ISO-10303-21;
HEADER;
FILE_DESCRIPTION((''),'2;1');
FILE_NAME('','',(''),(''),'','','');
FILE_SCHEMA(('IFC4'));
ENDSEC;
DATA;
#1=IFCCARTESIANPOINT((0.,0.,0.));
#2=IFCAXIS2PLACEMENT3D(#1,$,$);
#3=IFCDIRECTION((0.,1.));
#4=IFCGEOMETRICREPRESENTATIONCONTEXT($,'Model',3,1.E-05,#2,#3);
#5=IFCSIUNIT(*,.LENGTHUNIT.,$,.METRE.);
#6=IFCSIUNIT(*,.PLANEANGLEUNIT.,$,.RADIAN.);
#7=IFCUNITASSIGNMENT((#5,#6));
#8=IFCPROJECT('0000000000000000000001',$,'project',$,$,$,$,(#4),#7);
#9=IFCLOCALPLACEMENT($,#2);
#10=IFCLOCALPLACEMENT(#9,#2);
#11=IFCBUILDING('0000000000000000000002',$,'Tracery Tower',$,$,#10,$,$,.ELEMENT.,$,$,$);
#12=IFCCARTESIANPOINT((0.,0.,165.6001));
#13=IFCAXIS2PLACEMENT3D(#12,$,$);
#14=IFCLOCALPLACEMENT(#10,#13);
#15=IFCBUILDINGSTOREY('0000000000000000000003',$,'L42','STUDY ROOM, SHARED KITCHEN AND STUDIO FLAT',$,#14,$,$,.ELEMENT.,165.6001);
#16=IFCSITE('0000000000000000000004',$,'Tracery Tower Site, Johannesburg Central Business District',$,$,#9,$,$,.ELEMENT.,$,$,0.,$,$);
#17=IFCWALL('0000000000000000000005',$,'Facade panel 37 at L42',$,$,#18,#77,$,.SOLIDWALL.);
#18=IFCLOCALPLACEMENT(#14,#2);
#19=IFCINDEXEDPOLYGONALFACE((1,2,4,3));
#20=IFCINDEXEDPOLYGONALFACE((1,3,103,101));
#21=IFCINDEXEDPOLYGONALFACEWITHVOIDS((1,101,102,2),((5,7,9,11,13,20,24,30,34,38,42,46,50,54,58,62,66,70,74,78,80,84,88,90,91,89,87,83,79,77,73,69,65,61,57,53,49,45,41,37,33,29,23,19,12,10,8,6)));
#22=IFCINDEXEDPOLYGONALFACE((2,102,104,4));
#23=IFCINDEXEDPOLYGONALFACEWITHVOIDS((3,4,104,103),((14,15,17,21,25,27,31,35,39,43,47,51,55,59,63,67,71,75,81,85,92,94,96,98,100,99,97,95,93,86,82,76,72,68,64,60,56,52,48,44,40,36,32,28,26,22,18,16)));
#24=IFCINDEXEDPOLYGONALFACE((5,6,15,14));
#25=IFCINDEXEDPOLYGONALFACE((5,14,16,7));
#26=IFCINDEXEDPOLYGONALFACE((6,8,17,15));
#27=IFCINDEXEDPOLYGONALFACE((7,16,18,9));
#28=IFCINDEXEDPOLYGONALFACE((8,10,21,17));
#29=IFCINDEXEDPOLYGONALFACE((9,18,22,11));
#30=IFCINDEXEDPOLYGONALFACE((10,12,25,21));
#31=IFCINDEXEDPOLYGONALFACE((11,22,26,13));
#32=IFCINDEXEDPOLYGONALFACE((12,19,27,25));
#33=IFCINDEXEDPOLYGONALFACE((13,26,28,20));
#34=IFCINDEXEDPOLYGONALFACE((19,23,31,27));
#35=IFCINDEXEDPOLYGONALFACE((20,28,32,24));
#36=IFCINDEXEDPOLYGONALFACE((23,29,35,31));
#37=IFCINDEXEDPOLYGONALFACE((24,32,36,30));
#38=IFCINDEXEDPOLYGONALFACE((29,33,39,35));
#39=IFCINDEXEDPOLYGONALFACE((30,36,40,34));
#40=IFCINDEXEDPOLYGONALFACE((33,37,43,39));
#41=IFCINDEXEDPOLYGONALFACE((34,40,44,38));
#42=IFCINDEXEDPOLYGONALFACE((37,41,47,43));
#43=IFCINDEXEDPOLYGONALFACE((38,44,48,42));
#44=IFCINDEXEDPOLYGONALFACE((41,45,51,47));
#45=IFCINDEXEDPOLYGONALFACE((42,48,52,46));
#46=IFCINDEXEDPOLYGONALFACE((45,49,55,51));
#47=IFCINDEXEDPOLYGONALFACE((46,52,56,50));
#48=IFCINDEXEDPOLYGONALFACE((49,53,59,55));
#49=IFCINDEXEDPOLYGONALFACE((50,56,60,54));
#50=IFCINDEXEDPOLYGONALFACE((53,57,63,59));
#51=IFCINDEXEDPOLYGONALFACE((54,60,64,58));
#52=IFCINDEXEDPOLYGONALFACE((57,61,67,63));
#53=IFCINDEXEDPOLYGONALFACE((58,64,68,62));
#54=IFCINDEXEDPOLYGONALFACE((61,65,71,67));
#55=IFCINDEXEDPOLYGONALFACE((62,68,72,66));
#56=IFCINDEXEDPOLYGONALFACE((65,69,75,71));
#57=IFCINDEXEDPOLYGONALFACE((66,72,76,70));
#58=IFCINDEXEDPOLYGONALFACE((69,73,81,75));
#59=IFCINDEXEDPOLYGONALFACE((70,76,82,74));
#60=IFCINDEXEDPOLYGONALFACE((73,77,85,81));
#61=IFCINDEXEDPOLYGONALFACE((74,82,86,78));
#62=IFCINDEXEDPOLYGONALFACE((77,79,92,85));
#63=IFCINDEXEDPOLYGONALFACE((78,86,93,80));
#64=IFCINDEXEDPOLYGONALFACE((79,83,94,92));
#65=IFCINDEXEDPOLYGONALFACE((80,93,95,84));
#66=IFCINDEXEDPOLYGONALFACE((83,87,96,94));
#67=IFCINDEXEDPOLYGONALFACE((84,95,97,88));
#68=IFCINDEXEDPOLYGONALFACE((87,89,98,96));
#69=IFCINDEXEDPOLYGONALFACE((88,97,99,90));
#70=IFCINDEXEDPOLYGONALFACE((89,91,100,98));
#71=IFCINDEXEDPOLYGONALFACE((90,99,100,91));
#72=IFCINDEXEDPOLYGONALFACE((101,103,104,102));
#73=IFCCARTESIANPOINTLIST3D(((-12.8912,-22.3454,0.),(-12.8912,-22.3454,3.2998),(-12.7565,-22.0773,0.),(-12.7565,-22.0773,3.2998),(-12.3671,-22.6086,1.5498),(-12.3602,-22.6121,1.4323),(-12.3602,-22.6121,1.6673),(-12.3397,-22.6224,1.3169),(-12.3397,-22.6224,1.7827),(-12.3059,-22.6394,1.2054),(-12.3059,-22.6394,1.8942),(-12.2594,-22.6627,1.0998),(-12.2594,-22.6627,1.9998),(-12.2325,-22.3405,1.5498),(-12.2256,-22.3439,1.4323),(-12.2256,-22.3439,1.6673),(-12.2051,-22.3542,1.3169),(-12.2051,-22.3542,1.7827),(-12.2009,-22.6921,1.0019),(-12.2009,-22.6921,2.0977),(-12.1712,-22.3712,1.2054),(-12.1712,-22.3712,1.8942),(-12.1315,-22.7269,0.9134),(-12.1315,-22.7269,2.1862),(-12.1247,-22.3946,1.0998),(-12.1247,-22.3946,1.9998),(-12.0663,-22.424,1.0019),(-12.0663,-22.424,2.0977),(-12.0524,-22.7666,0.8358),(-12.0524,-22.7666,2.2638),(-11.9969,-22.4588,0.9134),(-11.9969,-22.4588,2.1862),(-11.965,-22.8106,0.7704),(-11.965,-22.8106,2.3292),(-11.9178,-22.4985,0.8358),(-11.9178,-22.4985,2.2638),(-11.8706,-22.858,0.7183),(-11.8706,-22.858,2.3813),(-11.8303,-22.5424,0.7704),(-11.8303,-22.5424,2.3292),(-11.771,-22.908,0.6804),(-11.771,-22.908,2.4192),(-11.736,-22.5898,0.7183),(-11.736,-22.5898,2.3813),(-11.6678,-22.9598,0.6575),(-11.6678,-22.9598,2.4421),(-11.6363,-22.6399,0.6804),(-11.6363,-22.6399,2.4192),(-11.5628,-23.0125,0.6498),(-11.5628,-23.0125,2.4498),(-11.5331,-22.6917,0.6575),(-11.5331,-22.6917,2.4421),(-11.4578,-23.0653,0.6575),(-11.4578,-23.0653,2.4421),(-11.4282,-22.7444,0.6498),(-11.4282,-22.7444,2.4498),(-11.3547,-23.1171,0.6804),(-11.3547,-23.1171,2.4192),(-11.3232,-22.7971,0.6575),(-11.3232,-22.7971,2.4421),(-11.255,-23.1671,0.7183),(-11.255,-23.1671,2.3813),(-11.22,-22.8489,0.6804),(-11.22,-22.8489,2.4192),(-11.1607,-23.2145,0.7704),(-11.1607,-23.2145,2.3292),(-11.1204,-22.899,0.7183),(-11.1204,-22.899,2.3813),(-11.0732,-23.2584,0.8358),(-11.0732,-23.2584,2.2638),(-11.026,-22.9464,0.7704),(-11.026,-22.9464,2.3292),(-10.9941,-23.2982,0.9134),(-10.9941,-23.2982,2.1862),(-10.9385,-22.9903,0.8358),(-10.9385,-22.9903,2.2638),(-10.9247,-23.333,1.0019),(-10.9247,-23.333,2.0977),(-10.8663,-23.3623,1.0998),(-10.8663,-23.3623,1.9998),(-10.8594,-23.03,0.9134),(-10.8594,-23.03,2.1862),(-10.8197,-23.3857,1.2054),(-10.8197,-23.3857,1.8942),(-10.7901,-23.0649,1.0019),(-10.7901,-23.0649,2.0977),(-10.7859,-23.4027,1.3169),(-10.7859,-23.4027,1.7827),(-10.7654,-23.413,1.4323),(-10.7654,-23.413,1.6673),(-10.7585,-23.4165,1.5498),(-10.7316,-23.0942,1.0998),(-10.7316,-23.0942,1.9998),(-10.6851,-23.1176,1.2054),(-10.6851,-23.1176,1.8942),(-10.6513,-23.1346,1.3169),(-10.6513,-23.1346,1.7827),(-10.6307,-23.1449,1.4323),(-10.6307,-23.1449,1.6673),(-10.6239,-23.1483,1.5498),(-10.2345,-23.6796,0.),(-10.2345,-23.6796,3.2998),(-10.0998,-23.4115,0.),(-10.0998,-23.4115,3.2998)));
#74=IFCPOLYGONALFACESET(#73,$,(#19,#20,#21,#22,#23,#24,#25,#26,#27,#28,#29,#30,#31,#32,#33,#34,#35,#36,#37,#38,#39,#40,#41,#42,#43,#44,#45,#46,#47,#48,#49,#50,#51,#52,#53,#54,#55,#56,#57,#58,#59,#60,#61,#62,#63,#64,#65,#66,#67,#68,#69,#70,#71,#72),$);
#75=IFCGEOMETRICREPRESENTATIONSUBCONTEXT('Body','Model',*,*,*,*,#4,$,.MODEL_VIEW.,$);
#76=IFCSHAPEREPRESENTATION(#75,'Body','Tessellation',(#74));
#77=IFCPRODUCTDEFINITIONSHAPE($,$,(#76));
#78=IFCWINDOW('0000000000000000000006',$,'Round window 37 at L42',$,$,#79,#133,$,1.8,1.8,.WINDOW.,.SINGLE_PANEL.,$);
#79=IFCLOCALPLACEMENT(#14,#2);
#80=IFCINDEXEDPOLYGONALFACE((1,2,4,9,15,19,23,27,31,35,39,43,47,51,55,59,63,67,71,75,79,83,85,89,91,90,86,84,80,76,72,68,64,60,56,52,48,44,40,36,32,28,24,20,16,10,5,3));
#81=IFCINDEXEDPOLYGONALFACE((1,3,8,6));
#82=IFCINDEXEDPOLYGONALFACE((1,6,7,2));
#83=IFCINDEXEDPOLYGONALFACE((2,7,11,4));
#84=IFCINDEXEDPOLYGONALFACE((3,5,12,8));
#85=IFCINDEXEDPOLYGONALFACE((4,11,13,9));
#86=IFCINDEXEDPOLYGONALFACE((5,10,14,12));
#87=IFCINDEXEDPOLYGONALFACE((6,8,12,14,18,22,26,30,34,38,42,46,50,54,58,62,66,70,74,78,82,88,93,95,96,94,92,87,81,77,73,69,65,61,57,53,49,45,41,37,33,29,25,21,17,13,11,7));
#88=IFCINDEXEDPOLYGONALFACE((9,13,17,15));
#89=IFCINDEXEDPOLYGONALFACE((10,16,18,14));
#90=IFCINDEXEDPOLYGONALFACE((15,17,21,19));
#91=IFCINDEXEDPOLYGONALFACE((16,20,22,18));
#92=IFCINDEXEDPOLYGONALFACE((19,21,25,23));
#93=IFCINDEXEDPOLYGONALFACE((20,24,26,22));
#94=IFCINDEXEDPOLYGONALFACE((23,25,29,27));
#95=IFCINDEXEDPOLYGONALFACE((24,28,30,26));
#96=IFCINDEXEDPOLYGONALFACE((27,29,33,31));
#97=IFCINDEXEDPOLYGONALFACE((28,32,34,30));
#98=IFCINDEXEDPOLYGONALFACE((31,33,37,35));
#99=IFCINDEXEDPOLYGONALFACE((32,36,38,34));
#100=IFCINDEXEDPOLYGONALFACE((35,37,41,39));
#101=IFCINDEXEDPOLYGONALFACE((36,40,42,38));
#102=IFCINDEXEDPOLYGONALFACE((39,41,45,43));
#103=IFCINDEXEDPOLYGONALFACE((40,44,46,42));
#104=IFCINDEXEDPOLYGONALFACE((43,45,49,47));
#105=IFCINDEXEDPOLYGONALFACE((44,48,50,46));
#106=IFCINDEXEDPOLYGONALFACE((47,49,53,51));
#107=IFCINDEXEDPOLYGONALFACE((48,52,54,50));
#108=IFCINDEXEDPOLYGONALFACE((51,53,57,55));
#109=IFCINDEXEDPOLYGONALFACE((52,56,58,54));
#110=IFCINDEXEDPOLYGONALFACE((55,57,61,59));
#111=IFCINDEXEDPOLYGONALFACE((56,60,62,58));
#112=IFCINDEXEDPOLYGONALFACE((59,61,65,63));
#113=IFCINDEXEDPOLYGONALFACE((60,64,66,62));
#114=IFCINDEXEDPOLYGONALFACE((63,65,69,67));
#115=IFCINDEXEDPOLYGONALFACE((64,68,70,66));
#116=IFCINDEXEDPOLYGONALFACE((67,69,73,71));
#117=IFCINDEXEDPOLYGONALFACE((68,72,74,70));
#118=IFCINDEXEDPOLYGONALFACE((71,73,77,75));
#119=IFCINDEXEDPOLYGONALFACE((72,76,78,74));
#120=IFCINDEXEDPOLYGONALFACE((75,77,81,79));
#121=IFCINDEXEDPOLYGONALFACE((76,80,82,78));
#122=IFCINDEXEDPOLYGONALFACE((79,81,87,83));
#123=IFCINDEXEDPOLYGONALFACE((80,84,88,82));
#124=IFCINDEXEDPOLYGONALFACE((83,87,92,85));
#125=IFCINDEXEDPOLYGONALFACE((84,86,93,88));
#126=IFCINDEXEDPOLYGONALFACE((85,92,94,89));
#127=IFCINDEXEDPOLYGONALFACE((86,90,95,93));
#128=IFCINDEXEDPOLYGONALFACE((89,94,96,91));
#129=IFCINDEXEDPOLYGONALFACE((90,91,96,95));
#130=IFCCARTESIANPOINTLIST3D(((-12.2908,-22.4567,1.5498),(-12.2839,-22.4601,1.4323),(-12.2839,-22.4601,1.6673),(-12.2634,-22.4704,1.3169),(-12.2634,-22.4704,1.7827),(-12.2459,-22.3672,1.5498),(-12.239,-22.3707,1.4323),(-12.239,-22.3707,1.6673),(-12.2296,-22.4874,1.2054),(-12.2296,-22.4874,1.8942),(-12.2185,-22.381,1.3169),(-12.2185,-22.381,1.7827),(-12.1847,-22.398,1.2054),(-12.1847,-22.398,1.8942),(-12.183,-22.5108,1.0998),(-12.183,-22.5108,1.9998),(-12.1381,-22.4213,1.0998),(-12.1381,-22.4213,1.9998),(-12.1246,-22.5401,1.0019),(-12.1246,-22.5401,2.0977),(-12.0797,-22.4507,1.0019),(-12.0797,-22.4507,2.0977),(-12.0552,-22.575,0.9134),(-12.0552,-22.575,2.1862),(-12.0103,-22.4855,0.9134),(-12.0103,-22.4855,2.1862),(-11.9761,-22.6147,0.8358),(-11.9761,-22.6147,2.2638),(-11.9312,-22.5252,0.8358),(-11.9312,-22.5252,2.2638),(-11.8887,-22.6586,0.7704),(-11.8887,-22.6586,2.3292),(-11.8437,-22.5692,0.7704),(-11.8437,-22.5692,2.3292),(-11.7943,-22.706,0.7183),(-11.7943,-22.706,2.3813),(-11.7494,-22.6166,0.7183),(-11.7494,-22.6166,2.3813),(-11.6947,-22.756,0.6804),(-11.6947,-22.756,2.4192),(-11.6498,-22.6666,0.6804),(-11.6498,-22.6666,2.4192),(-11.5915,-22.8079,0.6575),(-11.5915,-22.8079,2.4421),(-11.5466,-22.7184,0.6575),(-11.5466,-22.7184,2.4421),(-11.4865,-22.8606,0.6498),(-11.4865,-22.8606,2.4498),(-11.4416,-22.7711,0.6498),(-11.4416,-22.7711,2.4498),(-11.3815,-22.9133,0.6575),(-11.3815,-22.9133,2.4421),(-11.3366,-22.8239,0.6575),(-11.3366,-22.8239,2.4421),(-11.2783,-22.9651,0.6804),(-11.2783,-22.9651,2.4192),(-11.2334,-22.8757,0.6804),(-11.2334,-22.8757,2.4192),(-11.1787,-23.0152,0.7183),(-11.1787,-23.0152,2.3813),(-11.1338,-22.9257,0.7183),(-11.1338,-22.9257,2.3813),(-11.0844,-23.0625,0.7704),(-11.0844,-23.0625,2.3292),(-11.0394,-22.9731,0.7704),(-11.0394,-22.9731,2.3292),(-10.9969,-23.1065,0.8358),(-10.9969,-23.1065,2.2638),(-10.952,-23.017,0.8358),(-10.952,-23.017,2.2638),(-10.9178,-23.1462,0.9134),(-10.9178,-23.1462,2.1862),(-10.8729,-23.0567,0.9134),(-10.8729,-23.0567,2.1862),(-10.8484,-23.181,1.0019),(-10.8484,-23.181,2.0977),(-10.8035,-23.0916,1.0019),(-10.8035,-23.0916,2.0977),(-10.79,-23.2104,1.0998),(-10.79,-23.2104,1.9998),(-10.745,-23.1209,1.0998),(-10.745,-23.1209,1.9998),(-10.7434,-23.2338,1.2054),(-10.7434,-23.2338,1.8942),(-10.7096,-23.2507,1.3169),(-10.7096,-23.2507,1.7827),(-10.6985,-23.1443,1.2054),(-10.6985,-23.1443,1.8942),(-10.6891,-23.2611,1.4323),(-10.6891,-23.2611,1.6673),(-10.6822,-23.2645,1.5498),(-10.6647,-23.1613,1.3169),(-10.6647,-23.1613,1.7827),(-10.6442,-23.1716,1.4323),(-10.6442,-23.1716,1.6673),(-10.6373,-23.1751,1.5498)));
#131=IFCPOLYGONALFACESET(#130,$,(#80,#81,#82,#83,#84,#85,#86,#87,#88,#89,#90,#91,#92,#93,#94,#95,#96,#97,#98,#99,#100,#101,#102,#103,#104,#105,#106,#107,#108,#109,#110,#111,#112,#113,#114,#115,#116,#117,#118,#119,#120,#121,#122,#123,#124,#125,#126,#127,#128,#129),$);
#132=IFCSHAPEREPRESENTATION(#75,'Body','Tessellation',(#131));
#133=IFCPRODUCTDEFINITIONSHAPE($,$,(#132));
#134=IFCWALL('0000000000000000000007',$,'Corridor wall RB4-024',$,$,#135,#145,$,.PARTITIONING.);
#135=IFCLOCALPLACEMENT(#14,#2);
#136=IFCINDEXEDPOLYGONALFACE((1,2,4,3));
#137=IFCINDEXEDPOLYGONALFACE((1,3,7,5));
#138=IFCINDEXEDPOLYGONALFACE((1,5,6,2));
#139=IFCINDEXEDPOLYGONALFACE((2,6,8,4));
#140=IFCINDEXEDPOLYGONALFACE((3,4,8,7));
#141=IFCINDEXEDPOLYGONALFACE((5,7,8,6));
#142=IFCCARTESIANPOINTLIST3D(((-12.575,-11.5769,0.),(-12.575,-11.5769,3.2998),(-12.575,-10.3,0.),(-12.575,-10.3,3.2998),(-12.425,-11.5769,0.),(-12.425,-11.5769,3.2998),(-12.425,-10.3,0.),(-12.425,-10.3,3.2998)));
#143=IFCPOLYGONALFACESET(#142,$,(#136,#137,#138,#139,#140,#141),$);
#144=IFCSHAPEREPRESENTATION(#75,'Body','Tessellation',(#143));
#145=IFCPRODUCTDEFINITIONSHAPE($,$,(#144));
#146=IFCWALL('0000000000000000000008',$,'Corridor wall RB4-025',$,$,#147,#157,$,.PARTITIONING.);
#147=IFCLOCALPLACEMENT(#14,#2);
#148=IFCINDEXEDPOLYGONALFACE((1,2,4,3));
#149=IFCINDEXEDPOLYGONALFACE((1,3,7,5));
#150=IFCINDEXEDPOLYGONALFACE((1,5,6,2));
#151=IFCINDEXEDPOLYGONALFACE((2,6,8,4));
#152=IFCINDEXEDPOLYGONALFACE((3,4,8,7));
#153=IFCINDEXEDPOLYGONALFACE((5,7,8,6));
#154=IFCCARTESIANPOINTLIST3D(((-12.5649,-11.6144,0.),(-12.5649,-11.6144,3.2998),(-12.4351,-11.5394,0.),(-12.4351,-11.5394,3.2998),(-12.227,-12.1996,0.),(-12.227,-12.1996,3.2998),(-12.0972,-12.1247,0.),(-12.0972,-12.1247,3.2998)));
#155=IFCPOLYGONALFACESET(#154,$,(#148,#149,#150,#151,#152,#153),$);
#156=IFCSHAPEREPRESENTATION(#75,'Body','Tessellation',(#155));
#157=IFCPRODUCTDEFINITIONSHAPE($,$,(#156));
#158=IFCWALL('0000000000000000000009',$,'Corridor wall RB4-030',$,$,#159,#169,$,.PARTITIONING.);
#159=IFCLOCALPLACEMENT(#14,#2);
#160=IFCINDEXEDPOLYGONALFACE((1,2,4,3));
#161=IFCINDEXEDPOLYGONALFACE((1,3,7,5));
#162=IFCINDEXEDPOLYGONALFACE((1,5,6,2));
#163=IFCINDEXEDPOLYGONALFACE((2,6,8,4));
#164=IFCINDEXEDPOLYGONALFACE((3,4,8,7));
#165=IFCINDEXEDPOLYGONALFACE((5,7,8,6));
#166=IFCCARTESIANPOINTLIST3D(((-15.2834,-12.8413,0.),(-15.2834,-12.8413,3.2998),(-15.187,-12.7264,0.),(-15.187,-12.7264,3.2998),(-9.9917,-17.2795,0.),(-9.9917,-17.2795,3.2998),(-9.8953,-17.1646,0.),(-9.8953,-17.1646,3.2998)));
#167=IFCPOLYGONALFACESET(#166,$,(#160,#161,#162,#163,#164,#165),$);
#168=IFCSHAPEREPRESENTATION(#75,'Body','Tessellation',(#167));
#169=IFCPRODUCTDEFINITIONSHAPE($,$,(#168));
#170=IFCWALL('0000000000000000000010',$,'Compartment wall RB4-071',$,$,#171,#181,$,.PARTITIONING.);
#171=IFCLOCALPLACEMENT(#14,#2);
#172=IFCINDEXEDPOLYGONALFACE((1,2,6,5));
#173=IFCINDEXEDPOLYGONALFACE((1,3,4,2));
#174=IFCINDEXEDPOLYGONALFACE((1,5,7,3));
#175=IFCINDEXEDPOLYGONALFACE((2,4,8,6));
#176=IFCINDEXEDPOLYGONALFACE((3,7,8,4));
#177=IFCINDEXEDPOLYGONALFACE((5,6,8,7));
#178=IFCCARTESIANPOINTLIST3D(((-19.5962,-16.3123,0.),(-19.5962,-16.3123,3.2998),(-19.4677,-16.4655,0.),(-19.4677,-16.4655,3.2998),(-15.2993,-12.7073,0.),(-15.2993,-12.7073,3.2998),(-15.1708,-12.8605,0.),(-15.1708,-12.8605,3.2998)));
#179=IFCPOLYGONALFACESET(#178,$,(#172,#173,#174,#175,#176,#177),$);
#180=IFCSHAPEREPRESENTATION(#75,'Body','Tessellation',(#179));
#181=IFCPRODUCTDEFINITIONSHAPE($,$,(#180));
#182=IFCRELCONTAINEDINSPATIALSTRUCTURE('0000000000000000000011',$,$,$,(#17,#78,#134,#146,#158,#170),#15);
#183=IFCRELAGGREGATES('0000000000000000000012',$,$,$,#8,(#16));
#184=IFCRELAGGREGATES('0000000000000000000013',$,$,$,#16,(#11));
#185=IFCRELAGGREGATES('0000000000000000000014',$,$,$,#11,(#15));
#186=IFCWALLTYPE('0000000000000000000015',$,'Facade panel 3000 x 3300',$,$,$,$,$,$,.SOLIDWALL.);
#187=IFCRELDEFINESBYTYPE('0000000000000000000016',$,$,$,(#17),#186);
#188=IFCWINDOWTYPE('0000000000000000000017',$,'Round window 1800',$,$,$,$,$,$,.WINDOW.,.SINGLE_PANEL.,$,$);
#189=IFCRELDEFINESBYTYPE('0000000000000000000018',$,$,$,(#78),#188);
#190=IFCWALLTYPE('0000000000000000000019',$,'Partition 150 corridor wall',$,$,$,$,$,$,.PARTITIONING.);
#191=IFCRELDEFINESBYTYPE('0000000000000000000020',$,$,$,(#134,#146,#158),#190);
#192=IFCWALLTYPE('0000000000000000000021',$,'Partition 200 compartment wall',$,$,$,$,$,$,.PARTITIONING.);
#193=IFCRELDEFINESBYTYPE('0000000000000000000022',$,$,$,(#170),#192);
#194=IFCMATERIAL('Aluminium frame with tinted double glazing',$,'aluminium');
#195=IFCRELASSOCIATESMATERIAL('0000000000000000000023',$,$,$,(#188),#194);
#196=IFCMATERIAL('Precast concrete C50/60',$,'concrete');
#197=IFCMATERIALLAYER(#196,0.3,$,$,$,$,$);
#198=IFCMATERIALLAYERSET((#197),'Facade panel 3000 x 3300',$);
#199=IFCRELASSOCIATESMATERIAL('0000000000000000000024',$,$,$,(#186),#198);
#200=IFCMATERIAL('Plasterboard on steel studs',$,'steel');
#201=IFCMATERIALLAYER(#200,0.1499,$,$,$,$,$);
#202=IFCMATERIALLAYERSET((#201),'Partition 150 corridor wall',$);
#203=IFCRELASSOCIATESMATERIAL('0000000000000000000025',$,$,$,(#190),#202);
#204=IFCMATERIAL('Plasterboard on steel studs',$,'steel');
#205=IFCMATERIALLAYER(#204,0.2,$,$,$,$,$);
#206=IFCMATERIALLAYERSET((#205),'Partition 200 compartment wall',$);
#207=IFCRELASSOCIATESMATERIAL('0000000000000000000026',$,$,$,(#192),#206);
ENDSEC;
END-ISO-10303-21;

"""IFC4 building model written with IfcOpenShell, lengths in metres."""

from ifc_helpers import new_model, si_unit, direction, frame, frame_2d, origin, origin_2d, place, context, subcontext, project, spatial, rectangle, circle, extrude, material, layer, layer_set, type_object, element, fill, save


model = new_model("IFC4")

# Units and contexts
model_context = context("Model", 3, precision=1e-05, world=origin(), true_north=direction((0.0, 1.0)))
body_context = subcontext(model_context, "Body", "Model", "MODEL_VIEW")
ifc_project = project(units=[si_unit("LENGTHUNIT", "METRE"), si_unit("PLANEANGLEUNIT", "RADIAN")], contexts=[model_context])

# Site, building, storey
site_placement = place(None, origin())
site = spatial("IfcSite", under=ifc_project, at=site_placement, Name="Tracery Tower Site, Johannesburg Central Business District", CompositionType="ELEMENT", RefElevation=0.0)
building_placement = place(site_placement, origin())
building = spatial("IfcBuilding", under=site, at=building_placement, Name="Tracery Tower", CompositionType="ELEMENT")
storey_placement = place(building_placement, frame((0.0, 0.0, 165.6001)))
storey = spatial("IfcBuildingStorey", under=building, at=storey_placement, Name="L42", Description="STUDY ROOM, SHARED KITCHEN AND STUDIO FLAT", CompositionType="ELEMENT", Elevation=165.6001)

# Wall, opening, window
ifc_material_1 = material(Name="Aluminium frame with tinted double glazing", Category="aluminium")
window_type = type_object("IfcWindowType", Name="Round window 1800", PartitioningType="SINGLE_PANEL", PredefinedType="WINDOW", material=ifc_material_1)
ifc_material_2 = material(Name="Precast concrete C50/60", Category="concrete")
ifc_layer_1 = layer(ifc_material_2, 0.3)
ifc_layer_set_1 = layer_set([ifc_layer_1], Name="Facade panel 3000 x 3300")
wall_type_1 = type_object("IfcWallType", Name="Facade panel 3000 x 3300", PredefinedType="SOLIDWALL", material=ifc_layer_set_1)
wall_1_placement = place(storey_placement, frame((-12.8237, -22.2114, 0.0), z_axis=(0.0, 0.0, 1.0), x_axis=(0.893637, -0.44879, 0.0)))
wall_1 = element("IfcWall", 1, at=wall_1_placement, inside=storey, type_object=wall_type_1, Name="Facade panel 37 at L42", PredefinedType="SOLIDWALL", context=body_context, shape_type="SweptSolid", body=[
    extrude(rectangle(XDim=2.9729, YDim=0.3, at=frame_2d((1.4863, 0.0))), origin(), (0.0, 0.0, 1.0), 3.2998),
])
opening_1_placement = place(wall_1_placement, frame((1.4863, 0.0, 1.5498)))
opening_1 = element("IfcOpeningElement", 2, at=opening_1_placement, cuts=wall_1, PredefinedType="OPENING", context=body_context, shape_type="SweptSolid", body=[
    extrude(circle(Radius=0.9, at=origin_2d()), frame((0.0, 0.1599, 0.0), z_axis=(0.0, -1.0, 0.0), x_axis=(1.0, 0.0, 0.0)), (0.0, 0.0, 1.0), 0.3201),
])
window_1_placement = place(opening_1_placement, origin())
window_1 = element("IfcWindow", 3, at=window_1_placement, inside=storey, type_object=window_type, Name="Round window 37 at L42", OverallHeight=1.8, OverallWidth=1.8, PartitioningType="SINGLE_PANEL", PredefinedType="WINDOW", context=body_context, shape_type="SweptSolid", body=[
    extrude(circle(Radius=0.9, at=origin_2d()), frame((0.0, 0.1201, 0.0), z_axis=(0.0, -1.0, 0.0), x_axis=(1.0, 0.0, 0.0)), (0.0, 0.0, 1.0), 0.1001),
])
fill(opening_1, window_1)

# Walls
ifc_material_3 = material(Name="Plasterboard on steel studs", Category="steel")
ifc_layer_2 = layer(ifc_material_3, 0.1499)
ifc_layer_set_2 = layer_set([ifc_layer_2], Name="Partition 150 corridor wall")
wall_type_2 = type_object("IfcWallType", Name="Partition 150 corridor wall", PredefinedType="PARTITIONING", material=ifc_layer_set_2)
wall_2_placement = place(storey_placement, frame((-12.5, -11.5769, 0.0), z_axis=(0.0, 0.0, 1.0), x_axis=(0.0, 1.0, 0.0)))
element("IfcWall", 4, at=wall_2_placement, inside=storey, type_object=wall_type_2, Name="Corridor wall RB4-024", PredefinedType="PARTITIONING", context=body_context, shape_type="SweptSolid", body=[
    extrude(rectangle(XDim=1.2769, YDim=0.1499, at=frame_2d((0.6384, 0.0))), origin(), (0.0, 0.0, 1.0), 3.2998),
])
wall_3_placement = place(storey_placement, frame((-12.5, -11.5769, 0.0), z_axis=(0.0, 0.0, 1.0), x_axis=(0.500025, -0.866011, 0.0)))
element("IfcWall", 5, at=wall_3_placement, inside=storey, type_object=wall_type_2, Name="Corridor wall RB4-025", PredefinedType="PARTITIONING", context=body_context, shape_type="SweptSolid", body=[
    extrude(rectangle(XDim=0.6758, YDim=0.1499, at=frame_2d((0.3379, 0.0))), origin(), (0.0, 0.0, 1.0), 3.2998),
])
wall_4_placement = place(storey_placement, frame((-15.2351, -12.7839, 0.0), z_axis=(0.0, 0.0, 1.0), x_axis=(0.766192, -0.642612, 0.0)))
element("IfcWall", 6, at=wall_4_placement, inside=storey, type_object=wall_type_2, Name="Corridor wall RB4-030", PredefinedType="PARTITIONING", context=body_context, shape_type="SweptSolid", body=[
    extrude(rectangle(XDim=6.9065, YDim=0.1499, at=frame_2d((3.4531, 0.0))), origin(), (0.0, 0.0, 1.0), 3.2998),
])
ifc_material_4 = material(Name="Plasterboard on steel studs", Category="steel")
ifc_layer_3 = layer(ifc_material_4, 0.2)
ifc_layer_set_3 = layer_set([ifc_layer_3], Name="Partition 200 compartment wall")
wall_type_3 = type_object("IfcWallType", Name="Partition 200 compartment wall", PredefinedType="PARTITIONING", material=ifc_layer_set_3)
wall_5_placement = place(storey_placement, frame((-19.532, -16.3889, 0.0), z_axis=(0.0, 0.0, 1.0), x_axis=(0.766091, 0.642733, 0.0)))
element("IfcWall", 7, at=wall_5_placement, inside=storey, type_object=wall_type_3, Name="Compartment wall RB4-071", PredefinedType="PARTITIONING", context=body_context, shape_type="SweptSolid", body=[
    extrude(rectangle(XDim=5.6089, YDim=0.2, at=frame_2d((2.8044, 0.0))), origin(), (0.0, 0.0, 1.0), 3.2998),
])

save(model, "model.ifc")
